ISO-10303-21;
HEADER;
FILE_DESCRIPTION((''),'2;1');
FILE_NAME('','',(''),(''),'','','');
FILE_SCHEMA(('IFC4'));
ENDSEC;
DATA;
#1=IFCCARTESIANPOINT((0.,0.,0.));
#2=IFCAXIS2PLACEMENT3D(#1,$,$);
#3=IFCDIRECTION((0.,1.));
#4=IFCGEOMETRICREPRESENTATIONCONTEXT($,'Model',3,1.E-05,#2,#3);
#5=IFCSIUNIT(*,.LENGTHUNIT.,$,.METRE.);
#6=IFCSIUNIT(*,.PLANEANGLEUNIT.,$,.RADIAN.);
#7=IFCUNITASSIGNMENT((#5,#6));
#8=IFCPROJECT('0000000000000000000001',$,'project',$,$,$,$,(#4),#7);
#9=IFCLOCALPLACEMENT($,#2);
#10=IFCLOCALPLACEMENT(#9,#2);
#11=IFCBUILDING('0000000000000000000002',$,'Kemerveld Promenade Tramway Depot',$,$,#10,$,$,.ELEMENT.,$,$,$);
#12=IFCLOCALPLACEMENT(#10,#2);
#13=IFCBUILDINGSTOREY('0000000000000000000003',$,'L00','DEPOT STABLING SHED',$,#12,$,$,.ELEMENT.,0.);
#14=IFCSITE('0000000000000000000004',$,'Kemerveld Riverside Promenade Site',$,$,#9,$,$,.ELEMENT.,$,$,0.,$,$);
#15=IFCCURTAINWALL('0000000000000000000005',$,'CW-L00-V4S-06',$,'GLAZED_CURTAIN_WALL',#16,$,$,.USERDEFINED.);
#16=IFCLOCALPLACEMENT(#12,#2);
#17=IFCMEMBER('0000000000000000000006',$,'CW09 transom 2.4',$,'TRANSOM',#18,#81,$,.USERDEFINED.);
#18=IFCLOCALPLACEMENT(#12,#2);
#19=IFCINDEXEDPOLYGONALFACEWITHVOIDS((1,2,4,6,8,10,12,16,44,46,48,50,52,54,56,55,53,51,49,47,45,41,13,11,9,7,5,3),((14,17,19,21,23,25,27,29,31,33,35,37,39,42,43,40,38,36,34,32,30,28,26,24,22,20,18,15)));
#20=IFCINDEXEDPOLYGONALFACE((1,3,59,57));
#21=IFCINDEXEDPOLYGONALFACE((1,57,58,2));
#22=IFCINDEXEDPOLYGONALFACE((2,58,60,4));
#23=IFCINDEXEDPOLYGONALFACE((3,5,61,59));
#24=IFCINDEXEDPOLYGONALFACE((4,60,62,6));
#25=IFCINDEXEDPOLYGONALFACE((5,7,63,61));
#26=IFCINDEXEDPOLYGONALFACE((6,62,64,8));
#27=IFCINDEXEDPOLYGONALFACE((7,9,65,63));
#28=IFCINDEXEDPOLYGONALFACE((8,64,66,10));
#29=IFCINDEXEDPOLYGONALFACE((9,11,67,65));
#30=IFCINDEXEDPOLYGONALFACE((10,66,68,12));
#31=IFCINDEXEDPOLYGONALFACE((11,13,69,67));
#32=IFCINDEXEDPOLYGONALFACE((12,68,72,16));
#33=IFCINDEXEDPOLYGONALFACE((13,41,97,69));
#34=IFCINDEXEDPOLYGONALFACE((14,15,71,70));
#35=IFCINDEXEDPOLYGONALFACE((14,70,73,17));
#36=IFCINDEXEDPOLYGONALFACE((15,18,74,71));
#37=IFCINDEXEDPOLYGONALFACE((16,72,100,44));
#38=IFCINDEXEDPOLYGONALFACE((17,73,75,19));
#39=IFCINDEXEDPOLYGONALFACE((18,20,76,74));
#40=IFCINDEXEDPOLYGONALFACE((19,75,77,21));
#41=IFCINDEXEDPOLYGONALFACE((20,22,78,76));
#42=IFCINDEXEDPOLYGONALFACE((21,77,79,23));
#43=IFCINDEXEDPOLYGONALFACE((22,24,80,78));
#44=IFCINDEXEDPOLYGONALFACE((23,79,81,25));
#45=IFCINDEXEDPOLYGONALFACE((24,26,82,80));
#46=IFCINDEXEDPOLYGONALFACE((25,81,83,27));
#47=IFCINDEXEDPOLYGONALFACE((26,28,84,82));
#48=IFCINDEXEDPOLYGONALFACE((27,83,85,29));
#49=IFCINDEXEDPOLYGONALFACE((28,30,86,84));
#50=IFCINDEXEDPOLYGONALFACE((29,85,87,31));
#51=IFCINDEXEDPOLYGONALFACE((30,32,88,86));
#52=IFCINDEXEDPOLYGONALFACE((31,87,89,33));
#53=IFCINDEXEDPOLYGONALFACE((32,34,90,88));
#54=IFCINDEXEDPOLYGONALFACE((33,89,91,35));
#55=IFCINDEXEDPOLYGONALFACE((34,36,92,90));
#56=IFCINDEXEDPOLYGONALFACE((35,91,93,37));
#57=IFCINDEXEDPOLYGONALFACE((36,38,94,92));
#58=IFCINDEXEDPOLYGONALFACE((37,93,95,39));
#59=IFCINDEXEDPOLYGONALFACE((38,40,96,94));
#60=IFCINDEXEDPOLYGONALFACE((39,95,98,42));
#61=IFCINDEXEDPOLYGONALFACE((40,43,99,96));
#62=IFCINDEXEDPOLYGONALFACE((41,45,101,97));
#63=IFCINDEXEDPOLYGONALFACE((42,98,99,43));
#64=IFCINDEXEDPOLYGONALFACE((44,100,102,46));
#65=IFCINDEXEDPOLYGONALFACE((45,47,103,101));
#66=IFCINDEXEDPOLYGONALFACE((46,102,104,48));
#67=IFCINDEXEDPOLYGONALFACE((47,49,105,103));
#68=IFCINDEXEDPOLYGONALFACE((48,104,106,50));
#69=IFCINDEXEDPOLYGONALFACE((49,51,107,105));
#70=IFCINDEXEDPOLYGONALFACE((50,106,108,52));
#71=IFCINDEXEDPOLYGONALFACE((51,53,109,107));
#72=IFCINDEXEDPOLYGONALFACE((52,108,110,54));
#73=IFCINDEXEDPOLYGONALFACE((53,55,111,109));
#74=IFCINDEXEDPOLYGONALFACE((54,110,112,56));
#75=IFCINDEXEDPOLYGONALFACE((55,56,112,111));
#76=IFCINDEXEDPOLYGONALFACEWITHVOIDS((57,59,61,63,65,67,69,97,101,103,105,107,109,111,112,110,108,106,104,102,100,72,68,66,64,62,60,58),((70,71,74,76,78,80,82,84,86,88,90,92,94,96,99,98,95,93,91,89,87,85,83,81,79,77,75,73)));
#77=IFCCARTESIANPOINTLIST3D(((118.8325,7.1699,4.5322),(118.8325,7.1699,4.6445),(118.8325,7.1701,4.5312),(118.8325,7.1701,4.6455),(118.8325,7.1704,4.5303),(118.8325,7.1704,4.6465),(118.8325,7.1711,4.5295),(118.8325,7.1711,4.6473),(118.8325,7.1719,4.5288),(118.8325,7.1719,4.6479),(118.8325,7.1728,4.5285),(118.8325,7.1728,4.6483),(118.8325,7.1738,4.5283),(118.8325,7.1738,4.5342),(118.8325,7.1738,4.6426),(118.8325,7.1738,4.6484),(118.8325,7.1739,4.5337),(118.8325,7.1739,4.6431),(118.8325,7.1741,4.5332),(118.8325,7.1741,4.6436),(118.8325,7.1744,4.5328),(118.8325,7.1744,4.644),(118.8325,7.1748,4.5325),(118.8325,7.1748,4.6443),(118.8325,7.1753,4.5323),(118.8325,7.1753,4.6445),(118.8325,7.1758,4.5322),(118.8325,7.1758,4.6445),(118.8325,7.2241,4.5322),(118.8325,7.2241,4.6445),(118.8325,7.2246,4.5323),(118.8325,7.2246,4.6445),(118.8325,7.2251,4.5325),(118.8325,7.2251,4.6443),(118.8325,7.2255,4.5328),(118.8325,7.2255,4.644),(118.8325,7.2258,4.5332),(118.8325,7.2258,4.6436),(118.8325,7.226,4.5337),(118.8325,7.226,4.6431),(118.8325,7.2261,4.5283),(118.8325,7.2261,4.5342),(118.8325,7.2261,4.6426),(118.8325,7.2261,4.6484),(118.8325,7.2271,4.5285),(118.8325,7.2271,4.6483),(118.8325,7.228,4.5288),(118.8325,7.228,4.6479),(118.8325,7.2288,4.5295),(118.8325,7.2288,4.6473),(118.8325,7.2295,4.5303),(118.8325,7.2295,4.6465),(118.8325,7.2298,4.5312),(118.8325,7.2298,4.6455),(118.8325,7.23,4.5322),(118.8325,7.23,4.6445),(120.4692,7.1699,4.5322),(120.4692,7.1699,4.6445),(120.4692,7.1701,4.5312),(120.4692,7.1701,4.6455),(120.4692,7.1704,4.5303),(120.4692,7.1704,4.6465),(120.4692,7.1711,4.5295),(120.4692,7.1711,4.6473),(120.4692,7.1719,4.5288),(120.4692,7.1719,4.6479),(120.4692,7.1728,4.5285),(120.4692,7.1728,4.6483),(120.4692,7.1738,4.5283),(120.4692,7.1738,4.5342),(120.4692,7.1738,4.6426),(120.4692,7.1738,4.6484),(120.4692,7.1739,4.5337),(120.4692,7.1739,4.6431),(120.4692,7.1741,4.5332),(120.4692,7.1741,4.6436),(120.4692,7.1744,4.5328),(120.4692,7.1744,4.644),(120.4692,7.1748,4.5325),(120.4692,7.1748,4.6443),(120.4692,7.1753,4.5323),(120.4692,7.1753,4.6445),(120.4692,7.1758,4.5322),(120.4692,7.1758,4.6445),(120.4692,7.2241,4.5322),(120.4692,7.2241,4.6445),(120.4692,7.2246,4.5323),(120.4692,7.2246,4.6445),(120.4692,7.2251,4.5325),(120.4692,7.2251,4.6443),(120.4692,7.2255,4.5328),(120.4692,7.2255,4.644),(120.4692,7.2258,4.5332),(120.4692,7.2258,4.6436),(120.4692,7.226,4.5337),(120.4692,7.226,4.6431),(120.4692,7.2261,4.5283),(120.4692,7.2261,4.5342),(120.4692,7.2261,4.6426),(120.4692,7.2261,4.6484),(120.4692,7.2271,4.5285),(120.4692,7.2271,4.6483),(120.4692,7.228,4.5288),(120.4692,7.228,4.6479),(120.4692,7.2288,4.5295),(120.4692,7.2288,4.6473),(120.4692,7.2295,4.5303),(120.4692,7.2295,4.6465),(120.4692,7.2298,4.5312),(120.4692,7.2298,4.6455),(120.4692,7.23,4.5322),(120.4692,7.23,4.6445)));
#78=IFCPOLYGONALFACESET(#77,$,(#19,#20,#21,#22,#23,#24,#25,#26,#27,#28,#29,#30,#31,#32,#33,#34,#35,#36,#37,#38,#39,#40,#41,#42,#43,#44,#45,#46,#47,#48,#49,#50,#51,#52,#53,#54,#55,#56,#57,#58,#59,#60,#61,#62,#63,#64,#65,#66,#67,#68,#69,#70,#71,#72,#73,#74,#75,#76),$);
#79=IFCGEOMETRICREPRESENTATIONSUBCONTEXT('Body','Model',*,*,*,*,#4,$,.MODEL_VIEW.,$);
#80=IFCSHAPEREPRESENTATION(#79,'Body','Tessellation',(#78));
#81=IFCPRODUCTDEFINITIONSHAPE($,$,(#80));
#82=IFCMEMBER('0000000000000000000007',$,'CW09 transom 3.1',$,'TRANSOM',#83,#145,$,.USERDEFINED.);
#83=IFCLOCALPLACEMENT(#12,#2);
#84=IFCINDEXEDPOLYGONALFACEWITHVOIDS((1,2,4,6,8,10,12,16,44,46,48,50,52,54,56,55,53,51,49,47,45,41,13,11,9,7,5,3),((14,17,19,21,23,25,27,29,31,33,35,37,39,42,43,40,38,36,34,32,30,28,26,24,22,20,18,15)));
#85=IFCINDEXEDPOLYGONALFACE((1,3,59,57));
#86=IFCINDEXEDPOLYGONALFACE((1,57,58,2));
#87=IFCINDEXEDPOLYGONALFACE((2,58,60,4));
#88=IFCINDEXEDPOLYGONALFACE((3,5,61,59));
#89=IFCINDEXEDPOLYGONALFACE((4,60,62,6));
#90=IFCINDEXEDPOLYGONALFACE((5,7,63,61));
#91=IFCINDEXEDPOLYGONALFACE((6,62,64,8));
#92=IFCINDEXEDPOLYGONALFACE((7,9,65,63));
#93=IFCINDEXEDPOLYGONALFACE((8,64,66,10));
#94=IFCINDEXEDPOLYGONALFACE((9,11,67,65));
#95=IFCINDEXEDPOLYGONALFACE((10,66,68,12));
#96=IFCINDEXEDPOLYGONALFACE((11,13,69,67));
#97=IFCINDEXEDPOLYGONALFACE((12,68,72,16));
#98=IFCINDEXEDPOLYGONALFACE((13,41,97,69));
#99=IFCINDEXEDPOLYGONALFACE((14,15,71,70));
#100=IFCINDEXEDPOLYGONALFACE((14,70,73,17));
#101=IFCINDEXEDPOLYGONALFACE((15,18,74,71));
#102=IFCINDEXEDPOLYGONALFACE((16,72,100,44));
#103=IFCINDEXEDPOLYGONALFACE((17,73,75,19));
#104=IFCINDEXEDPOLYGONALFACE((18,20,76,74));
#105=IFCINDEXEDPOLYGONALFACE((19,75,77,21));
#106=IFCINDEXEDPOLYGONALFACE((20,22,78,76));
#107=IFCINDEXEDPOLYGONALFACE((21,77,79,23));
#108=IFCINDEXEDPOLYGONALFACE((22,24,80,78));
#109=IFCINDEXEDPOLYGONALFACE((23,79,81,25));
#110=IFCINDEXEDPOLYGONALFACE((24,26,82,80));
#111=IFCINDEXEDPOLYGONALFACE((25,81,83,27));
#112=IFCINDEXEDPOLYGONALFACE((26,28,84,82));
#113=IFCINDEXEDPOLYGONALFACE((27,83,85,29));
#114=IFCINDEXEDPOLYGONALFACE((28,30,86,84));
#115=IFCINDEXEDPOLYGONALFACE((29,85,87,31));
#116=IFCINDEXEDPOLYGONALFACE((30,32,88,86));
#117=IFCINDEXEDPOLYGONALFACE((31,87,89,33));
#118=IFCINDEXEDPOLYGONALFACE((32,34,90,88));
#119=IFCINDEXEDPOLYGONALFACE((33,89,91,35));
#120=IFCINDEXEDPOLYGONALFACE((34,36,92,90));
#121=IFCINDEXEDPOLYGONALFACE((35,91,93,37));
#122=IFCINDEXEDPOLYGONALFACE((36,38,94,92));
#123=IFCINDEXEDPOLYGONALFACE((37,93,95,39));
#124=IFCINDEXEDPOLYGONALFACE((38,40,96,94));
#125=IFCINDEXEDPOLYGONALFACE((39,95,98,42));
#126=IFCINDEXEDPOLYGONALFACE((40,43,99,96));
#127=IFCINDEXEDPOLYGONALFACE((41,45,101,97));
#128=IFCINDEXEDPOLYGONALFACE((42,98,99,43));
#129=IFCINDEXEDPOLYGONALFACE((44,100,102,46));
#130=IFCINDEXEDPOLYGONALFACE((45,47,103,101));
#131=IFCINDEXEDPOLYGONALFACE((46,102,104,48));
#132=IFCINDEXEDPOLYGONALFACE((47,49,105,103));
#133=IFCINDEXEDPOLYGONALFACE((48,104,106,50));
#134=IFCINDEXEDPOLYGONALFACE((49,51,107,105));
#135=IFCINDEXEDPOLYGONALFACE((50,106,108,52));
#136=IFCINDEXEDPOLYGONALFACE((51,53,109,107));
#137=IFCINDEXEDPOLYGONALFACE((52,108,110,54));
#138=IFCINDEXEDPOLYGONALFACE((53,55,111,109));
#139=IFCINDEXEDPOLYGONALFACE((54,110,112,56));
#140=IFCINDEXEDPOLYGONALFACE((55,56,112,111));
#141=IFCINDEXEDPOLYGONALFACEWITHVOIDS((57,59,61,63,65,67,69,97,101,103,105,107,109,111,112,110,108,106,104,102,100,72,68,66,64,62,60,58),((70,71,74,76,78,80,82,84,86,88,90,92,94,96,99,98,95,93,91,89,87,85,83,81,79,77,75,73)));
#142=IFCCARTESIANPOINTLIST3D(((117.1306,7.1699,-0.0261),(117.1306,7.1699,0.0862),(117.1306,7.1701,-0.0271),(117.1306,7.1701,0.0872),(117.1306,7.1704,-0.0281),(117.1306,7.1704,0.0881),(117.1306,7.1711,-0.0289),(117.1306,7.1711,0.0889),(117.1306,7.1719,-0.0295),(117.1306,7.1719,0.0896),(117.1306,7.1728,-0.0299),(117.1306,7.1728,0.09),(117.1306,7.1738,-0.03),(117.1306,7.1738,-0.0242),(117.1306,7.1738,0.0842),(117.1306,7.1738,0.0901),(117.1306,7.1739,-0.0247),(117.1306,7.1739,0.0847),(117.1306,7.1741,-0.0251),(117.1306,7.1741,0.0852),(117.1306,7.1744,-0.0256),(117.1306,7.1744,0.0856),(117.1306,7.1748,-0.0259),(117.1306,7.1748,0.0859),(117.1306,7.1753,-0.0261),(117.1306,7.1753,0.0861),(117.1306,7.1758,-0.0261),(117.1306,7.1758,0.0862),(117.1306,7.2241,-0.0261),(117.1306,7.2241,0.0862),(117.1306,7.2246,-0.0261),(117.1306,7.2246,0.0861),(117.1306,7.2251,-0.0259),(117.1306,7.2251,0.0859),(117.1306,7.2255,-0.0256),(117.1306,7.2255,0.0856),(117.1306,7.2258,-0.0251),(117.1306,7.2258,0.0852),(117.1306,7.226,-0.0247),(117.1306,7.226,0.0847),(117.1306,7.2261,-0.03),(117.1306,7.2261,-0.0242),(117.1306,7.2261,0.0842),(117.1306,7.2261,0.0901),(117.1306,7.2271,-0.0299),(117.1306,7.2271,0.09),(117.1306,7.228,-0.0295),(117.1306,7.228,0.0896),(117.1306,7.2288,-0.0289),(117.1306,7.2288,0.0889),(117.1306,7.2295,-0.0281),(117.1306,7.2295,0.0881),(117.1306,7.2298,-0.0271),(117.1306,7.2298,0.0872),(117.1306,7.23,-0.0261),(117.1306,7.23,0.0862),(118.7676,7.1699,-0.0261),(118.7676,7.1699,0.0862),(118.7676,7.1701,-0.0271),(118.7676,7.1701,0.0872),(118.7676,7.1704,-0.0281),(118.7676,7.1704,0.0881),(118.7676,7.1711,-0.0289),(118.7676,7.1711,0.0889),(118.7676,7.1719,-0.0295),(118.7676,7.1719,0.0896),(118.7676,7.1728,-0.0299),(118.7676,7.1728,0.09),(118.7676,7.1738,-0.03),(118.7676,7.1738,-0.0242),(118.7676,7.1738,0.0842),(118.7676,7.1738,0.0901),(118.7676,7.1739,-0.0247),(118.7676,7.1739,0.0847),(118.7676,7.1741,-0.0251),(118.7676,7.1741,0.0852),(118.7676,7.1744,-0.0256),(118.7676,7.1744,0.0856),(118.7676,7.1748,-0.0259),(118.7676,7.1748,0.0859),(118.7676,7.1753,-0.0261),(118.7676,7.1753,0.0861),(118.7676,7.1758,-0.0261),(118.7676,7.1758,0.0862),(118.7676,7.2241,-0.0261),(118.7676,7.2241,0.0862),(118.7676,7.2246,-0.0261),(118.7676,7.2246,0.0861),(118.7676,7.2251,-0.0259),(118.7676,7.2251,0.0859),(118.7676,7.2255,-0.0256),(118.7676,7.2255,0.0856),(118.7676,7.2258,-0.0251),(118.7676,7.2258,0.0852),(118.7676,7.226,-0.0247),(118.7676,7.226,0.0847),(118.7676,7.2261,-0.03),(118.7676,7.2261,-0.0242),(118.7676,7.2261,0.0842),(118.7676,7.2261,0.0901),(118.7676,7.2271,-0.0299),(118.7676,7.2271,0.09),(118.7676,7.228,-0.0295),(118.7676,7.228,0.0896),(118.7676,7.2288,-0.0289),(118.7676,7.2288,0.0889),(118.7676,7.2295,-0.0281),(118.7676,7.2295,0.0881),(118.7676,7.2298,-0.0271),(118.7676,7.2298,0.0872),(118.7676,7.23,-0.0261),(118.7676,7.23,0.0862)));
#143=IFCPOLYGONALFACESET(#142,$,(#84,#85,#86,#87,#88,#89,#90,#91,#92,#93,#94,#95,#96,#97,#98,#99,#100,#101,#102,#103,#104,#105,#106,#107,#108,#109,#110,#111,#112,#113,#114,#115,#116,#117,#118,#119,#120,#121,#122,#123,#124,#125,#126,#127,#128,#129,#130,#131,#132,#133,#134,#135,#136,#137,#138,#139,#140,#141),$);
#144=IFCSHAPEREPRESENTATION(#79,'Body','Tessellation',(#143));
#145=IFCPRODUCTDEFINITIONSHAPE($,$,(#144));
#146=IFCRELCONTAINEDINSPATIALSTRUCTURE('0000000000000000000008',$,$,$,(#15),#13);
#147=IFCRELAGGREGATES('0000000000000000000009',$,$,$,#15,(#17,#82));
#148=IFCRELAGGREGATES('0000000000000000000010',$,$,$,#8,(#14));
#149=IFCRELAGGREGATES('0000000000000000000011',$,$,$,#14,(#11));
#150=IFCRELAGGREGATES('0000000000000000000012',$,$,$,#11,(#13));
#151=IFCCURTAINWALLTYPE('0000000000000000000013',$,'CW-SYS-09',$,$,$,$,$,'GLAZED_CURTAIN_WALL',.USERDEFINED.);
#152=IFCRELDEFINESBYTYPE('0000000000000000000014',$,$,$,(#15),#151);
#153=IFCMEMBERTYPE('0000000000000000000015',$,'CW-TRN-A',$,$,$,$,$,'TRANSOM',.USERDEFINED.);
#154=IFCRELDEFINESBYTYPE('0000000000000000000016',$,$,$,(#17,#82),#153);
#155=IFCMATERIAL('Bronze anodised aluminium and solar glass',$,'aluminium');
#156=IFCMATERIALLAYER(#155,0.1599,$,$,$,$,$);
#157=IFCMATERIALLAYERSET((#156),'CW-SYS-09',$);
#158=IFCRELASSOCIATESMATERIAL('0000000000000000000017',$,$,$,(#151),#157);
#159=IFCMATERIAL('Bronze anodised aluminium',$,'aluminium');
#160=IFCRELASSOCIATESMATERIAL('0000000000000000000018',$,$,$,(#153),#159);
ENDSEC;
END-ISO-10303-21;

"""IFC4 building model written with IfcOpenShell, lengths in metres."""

from ifc_helpers import new_model, si_unit, direction, frame, origin, origin_2d, place, context, subcontext, project, spatial, hollow_rectangle, extrude, material, layer, layer_set, material_profile, profile_set, type_object, element, aggregate, save


model = new_model("IFC4")

# Units and contexts
model_context = context("Model", 3, precision=1e-05, world=origin(), true_north=direction((0.0, 1.0)))
body_context = subcontext(model_context, "Body", "Model", "MODEL_VIEW")
ifc_project = project(units=[si_unit("LENGTHUNIT", "METRE"), si_unit("PLANEANGLEUNIT", "RADIAN")], contexts=[model_context])

# Site, building, storey
site_placement = place(None, origin())
site = spatial("IfcSite", under=ifc_project, at=site_placement, Name="Kemerveld Riverside Promenade Site", CompositionType="ELEMENT", RefElevation=0.0)
building_placement = place(site_placement, origin())
building = spatial("IfcBuilding", under=site, at=building_placement, Name="Kemerveld Promenade Tramway Depot", CompositionType="ELEMENT")
storey_placement = place(building_placement, origin())
storey = spatial("IfcBuildingStorey", under=building, at=storey_placement, Name="L00", Description="DEPOT STABLING SHED", CompositionType="ELEMENT", Elevation=0.0)

# Curtain wall, members
ifc_material_1 = material(Name="Bronze anodised aluminium and solar glass", Category="aluminium")
ifc_layer_1 = layer(ifc_material_1, 0.1599)
ifc_layer_set_1 = layer_set([ifc_layer_1], Name="CW-SYS-09")
curtain_wall_type = type_object("IfcCurtainWallType", Name="CW-SYS-09", ElementType="GLAZED_CURTAIN_WALL", PredefinedType="USERDEFINED", material=ifc_layer_set_1)
curtain_wall_placement = place(storey_placement, origin())
curtain_wall = element("IfcCurtainWall", 1, at=curtain_wall_placement, inside=storey, type_object=curtain_wall_type, Name="CW-L00-V4S-06", ObjectType="GLAZED_CURTAIN_WALL", PredefinedType="USERDEFINED")
ifc_material_2 = material(Name="Bronze anodised aluminium", Category="aluminium")
ifc_material_profile_1 = material_profile(ifc_material_2, hollow_rectangle(XDim=0.0601, YDim=0.1201, WallThickness=0.0039, InnerFilletRadius=0.002, OuterFilletRadius=0.0039, at=origin_2d()), Name="CW-TRN-120x60")
ifc_profile_set_1 = profile_set([ifc_material_profile_1], Name="Bronze anodised aluminium")
member_type_1 = type_object("IfcMemberType", Name="CW-TRN-A", ElementType="TRANSOM", PredefinedType="USERDEFINED", material=ifc_profile_set_1)
member_1_placement = place(storey_placement, frame((120.4692, 7.2, 4.5884), z_axis=(-1.0, 0.0, 0.0), x_axis=(0.0, -1.0, 0.0)))
member_1 = element("IfcMember", 2, at=member_1_placement, type_object=member_type_1, Name="CW09 transom 2.4", ObjectType="TRANSOM", PredefinedType="USERDEFINED", context=body_context, shape_type="SweptSolid", body=[
    extrude(hollow_rectangle(XDim=0.0601, YDim=0.1201, WallThickness=0.0039, InnerFilletRadius=0.002, OuterFilletRadius=0.0039, at=origin_2d()), origin(), (0.0, 0.0, 1.0), 1.6367),
])
member_2_placement = place(storey_placement, frame((118.7676, 7.2, 0.03), z_axis=(-1.0, 0.0, 0.0), x_axis=(0.0, -1.0, 0.0)))
member_2 = element("IfcMember", 3, at=member_2_placement, type_object=member_type_1, Name="CW09 transom 3.1", ObjectType="TRANSOM", PredefinedType="USERDEFINED", context=body_context, shape_type="SweptSolid", body=[
    extrude(hollow_rectangle(XDim=0.0601, YDim=0.1201, WallThickness=0.0039, InnerFilletRadius=0.002, OuterFilletRadius=0.0039, at=origin_2d()), origin(), (0.0, 0.0, 1.0), 1.637),
])
aggregate(curtain_wall, [member_1, member_2])

save(model, "model.ifc")
